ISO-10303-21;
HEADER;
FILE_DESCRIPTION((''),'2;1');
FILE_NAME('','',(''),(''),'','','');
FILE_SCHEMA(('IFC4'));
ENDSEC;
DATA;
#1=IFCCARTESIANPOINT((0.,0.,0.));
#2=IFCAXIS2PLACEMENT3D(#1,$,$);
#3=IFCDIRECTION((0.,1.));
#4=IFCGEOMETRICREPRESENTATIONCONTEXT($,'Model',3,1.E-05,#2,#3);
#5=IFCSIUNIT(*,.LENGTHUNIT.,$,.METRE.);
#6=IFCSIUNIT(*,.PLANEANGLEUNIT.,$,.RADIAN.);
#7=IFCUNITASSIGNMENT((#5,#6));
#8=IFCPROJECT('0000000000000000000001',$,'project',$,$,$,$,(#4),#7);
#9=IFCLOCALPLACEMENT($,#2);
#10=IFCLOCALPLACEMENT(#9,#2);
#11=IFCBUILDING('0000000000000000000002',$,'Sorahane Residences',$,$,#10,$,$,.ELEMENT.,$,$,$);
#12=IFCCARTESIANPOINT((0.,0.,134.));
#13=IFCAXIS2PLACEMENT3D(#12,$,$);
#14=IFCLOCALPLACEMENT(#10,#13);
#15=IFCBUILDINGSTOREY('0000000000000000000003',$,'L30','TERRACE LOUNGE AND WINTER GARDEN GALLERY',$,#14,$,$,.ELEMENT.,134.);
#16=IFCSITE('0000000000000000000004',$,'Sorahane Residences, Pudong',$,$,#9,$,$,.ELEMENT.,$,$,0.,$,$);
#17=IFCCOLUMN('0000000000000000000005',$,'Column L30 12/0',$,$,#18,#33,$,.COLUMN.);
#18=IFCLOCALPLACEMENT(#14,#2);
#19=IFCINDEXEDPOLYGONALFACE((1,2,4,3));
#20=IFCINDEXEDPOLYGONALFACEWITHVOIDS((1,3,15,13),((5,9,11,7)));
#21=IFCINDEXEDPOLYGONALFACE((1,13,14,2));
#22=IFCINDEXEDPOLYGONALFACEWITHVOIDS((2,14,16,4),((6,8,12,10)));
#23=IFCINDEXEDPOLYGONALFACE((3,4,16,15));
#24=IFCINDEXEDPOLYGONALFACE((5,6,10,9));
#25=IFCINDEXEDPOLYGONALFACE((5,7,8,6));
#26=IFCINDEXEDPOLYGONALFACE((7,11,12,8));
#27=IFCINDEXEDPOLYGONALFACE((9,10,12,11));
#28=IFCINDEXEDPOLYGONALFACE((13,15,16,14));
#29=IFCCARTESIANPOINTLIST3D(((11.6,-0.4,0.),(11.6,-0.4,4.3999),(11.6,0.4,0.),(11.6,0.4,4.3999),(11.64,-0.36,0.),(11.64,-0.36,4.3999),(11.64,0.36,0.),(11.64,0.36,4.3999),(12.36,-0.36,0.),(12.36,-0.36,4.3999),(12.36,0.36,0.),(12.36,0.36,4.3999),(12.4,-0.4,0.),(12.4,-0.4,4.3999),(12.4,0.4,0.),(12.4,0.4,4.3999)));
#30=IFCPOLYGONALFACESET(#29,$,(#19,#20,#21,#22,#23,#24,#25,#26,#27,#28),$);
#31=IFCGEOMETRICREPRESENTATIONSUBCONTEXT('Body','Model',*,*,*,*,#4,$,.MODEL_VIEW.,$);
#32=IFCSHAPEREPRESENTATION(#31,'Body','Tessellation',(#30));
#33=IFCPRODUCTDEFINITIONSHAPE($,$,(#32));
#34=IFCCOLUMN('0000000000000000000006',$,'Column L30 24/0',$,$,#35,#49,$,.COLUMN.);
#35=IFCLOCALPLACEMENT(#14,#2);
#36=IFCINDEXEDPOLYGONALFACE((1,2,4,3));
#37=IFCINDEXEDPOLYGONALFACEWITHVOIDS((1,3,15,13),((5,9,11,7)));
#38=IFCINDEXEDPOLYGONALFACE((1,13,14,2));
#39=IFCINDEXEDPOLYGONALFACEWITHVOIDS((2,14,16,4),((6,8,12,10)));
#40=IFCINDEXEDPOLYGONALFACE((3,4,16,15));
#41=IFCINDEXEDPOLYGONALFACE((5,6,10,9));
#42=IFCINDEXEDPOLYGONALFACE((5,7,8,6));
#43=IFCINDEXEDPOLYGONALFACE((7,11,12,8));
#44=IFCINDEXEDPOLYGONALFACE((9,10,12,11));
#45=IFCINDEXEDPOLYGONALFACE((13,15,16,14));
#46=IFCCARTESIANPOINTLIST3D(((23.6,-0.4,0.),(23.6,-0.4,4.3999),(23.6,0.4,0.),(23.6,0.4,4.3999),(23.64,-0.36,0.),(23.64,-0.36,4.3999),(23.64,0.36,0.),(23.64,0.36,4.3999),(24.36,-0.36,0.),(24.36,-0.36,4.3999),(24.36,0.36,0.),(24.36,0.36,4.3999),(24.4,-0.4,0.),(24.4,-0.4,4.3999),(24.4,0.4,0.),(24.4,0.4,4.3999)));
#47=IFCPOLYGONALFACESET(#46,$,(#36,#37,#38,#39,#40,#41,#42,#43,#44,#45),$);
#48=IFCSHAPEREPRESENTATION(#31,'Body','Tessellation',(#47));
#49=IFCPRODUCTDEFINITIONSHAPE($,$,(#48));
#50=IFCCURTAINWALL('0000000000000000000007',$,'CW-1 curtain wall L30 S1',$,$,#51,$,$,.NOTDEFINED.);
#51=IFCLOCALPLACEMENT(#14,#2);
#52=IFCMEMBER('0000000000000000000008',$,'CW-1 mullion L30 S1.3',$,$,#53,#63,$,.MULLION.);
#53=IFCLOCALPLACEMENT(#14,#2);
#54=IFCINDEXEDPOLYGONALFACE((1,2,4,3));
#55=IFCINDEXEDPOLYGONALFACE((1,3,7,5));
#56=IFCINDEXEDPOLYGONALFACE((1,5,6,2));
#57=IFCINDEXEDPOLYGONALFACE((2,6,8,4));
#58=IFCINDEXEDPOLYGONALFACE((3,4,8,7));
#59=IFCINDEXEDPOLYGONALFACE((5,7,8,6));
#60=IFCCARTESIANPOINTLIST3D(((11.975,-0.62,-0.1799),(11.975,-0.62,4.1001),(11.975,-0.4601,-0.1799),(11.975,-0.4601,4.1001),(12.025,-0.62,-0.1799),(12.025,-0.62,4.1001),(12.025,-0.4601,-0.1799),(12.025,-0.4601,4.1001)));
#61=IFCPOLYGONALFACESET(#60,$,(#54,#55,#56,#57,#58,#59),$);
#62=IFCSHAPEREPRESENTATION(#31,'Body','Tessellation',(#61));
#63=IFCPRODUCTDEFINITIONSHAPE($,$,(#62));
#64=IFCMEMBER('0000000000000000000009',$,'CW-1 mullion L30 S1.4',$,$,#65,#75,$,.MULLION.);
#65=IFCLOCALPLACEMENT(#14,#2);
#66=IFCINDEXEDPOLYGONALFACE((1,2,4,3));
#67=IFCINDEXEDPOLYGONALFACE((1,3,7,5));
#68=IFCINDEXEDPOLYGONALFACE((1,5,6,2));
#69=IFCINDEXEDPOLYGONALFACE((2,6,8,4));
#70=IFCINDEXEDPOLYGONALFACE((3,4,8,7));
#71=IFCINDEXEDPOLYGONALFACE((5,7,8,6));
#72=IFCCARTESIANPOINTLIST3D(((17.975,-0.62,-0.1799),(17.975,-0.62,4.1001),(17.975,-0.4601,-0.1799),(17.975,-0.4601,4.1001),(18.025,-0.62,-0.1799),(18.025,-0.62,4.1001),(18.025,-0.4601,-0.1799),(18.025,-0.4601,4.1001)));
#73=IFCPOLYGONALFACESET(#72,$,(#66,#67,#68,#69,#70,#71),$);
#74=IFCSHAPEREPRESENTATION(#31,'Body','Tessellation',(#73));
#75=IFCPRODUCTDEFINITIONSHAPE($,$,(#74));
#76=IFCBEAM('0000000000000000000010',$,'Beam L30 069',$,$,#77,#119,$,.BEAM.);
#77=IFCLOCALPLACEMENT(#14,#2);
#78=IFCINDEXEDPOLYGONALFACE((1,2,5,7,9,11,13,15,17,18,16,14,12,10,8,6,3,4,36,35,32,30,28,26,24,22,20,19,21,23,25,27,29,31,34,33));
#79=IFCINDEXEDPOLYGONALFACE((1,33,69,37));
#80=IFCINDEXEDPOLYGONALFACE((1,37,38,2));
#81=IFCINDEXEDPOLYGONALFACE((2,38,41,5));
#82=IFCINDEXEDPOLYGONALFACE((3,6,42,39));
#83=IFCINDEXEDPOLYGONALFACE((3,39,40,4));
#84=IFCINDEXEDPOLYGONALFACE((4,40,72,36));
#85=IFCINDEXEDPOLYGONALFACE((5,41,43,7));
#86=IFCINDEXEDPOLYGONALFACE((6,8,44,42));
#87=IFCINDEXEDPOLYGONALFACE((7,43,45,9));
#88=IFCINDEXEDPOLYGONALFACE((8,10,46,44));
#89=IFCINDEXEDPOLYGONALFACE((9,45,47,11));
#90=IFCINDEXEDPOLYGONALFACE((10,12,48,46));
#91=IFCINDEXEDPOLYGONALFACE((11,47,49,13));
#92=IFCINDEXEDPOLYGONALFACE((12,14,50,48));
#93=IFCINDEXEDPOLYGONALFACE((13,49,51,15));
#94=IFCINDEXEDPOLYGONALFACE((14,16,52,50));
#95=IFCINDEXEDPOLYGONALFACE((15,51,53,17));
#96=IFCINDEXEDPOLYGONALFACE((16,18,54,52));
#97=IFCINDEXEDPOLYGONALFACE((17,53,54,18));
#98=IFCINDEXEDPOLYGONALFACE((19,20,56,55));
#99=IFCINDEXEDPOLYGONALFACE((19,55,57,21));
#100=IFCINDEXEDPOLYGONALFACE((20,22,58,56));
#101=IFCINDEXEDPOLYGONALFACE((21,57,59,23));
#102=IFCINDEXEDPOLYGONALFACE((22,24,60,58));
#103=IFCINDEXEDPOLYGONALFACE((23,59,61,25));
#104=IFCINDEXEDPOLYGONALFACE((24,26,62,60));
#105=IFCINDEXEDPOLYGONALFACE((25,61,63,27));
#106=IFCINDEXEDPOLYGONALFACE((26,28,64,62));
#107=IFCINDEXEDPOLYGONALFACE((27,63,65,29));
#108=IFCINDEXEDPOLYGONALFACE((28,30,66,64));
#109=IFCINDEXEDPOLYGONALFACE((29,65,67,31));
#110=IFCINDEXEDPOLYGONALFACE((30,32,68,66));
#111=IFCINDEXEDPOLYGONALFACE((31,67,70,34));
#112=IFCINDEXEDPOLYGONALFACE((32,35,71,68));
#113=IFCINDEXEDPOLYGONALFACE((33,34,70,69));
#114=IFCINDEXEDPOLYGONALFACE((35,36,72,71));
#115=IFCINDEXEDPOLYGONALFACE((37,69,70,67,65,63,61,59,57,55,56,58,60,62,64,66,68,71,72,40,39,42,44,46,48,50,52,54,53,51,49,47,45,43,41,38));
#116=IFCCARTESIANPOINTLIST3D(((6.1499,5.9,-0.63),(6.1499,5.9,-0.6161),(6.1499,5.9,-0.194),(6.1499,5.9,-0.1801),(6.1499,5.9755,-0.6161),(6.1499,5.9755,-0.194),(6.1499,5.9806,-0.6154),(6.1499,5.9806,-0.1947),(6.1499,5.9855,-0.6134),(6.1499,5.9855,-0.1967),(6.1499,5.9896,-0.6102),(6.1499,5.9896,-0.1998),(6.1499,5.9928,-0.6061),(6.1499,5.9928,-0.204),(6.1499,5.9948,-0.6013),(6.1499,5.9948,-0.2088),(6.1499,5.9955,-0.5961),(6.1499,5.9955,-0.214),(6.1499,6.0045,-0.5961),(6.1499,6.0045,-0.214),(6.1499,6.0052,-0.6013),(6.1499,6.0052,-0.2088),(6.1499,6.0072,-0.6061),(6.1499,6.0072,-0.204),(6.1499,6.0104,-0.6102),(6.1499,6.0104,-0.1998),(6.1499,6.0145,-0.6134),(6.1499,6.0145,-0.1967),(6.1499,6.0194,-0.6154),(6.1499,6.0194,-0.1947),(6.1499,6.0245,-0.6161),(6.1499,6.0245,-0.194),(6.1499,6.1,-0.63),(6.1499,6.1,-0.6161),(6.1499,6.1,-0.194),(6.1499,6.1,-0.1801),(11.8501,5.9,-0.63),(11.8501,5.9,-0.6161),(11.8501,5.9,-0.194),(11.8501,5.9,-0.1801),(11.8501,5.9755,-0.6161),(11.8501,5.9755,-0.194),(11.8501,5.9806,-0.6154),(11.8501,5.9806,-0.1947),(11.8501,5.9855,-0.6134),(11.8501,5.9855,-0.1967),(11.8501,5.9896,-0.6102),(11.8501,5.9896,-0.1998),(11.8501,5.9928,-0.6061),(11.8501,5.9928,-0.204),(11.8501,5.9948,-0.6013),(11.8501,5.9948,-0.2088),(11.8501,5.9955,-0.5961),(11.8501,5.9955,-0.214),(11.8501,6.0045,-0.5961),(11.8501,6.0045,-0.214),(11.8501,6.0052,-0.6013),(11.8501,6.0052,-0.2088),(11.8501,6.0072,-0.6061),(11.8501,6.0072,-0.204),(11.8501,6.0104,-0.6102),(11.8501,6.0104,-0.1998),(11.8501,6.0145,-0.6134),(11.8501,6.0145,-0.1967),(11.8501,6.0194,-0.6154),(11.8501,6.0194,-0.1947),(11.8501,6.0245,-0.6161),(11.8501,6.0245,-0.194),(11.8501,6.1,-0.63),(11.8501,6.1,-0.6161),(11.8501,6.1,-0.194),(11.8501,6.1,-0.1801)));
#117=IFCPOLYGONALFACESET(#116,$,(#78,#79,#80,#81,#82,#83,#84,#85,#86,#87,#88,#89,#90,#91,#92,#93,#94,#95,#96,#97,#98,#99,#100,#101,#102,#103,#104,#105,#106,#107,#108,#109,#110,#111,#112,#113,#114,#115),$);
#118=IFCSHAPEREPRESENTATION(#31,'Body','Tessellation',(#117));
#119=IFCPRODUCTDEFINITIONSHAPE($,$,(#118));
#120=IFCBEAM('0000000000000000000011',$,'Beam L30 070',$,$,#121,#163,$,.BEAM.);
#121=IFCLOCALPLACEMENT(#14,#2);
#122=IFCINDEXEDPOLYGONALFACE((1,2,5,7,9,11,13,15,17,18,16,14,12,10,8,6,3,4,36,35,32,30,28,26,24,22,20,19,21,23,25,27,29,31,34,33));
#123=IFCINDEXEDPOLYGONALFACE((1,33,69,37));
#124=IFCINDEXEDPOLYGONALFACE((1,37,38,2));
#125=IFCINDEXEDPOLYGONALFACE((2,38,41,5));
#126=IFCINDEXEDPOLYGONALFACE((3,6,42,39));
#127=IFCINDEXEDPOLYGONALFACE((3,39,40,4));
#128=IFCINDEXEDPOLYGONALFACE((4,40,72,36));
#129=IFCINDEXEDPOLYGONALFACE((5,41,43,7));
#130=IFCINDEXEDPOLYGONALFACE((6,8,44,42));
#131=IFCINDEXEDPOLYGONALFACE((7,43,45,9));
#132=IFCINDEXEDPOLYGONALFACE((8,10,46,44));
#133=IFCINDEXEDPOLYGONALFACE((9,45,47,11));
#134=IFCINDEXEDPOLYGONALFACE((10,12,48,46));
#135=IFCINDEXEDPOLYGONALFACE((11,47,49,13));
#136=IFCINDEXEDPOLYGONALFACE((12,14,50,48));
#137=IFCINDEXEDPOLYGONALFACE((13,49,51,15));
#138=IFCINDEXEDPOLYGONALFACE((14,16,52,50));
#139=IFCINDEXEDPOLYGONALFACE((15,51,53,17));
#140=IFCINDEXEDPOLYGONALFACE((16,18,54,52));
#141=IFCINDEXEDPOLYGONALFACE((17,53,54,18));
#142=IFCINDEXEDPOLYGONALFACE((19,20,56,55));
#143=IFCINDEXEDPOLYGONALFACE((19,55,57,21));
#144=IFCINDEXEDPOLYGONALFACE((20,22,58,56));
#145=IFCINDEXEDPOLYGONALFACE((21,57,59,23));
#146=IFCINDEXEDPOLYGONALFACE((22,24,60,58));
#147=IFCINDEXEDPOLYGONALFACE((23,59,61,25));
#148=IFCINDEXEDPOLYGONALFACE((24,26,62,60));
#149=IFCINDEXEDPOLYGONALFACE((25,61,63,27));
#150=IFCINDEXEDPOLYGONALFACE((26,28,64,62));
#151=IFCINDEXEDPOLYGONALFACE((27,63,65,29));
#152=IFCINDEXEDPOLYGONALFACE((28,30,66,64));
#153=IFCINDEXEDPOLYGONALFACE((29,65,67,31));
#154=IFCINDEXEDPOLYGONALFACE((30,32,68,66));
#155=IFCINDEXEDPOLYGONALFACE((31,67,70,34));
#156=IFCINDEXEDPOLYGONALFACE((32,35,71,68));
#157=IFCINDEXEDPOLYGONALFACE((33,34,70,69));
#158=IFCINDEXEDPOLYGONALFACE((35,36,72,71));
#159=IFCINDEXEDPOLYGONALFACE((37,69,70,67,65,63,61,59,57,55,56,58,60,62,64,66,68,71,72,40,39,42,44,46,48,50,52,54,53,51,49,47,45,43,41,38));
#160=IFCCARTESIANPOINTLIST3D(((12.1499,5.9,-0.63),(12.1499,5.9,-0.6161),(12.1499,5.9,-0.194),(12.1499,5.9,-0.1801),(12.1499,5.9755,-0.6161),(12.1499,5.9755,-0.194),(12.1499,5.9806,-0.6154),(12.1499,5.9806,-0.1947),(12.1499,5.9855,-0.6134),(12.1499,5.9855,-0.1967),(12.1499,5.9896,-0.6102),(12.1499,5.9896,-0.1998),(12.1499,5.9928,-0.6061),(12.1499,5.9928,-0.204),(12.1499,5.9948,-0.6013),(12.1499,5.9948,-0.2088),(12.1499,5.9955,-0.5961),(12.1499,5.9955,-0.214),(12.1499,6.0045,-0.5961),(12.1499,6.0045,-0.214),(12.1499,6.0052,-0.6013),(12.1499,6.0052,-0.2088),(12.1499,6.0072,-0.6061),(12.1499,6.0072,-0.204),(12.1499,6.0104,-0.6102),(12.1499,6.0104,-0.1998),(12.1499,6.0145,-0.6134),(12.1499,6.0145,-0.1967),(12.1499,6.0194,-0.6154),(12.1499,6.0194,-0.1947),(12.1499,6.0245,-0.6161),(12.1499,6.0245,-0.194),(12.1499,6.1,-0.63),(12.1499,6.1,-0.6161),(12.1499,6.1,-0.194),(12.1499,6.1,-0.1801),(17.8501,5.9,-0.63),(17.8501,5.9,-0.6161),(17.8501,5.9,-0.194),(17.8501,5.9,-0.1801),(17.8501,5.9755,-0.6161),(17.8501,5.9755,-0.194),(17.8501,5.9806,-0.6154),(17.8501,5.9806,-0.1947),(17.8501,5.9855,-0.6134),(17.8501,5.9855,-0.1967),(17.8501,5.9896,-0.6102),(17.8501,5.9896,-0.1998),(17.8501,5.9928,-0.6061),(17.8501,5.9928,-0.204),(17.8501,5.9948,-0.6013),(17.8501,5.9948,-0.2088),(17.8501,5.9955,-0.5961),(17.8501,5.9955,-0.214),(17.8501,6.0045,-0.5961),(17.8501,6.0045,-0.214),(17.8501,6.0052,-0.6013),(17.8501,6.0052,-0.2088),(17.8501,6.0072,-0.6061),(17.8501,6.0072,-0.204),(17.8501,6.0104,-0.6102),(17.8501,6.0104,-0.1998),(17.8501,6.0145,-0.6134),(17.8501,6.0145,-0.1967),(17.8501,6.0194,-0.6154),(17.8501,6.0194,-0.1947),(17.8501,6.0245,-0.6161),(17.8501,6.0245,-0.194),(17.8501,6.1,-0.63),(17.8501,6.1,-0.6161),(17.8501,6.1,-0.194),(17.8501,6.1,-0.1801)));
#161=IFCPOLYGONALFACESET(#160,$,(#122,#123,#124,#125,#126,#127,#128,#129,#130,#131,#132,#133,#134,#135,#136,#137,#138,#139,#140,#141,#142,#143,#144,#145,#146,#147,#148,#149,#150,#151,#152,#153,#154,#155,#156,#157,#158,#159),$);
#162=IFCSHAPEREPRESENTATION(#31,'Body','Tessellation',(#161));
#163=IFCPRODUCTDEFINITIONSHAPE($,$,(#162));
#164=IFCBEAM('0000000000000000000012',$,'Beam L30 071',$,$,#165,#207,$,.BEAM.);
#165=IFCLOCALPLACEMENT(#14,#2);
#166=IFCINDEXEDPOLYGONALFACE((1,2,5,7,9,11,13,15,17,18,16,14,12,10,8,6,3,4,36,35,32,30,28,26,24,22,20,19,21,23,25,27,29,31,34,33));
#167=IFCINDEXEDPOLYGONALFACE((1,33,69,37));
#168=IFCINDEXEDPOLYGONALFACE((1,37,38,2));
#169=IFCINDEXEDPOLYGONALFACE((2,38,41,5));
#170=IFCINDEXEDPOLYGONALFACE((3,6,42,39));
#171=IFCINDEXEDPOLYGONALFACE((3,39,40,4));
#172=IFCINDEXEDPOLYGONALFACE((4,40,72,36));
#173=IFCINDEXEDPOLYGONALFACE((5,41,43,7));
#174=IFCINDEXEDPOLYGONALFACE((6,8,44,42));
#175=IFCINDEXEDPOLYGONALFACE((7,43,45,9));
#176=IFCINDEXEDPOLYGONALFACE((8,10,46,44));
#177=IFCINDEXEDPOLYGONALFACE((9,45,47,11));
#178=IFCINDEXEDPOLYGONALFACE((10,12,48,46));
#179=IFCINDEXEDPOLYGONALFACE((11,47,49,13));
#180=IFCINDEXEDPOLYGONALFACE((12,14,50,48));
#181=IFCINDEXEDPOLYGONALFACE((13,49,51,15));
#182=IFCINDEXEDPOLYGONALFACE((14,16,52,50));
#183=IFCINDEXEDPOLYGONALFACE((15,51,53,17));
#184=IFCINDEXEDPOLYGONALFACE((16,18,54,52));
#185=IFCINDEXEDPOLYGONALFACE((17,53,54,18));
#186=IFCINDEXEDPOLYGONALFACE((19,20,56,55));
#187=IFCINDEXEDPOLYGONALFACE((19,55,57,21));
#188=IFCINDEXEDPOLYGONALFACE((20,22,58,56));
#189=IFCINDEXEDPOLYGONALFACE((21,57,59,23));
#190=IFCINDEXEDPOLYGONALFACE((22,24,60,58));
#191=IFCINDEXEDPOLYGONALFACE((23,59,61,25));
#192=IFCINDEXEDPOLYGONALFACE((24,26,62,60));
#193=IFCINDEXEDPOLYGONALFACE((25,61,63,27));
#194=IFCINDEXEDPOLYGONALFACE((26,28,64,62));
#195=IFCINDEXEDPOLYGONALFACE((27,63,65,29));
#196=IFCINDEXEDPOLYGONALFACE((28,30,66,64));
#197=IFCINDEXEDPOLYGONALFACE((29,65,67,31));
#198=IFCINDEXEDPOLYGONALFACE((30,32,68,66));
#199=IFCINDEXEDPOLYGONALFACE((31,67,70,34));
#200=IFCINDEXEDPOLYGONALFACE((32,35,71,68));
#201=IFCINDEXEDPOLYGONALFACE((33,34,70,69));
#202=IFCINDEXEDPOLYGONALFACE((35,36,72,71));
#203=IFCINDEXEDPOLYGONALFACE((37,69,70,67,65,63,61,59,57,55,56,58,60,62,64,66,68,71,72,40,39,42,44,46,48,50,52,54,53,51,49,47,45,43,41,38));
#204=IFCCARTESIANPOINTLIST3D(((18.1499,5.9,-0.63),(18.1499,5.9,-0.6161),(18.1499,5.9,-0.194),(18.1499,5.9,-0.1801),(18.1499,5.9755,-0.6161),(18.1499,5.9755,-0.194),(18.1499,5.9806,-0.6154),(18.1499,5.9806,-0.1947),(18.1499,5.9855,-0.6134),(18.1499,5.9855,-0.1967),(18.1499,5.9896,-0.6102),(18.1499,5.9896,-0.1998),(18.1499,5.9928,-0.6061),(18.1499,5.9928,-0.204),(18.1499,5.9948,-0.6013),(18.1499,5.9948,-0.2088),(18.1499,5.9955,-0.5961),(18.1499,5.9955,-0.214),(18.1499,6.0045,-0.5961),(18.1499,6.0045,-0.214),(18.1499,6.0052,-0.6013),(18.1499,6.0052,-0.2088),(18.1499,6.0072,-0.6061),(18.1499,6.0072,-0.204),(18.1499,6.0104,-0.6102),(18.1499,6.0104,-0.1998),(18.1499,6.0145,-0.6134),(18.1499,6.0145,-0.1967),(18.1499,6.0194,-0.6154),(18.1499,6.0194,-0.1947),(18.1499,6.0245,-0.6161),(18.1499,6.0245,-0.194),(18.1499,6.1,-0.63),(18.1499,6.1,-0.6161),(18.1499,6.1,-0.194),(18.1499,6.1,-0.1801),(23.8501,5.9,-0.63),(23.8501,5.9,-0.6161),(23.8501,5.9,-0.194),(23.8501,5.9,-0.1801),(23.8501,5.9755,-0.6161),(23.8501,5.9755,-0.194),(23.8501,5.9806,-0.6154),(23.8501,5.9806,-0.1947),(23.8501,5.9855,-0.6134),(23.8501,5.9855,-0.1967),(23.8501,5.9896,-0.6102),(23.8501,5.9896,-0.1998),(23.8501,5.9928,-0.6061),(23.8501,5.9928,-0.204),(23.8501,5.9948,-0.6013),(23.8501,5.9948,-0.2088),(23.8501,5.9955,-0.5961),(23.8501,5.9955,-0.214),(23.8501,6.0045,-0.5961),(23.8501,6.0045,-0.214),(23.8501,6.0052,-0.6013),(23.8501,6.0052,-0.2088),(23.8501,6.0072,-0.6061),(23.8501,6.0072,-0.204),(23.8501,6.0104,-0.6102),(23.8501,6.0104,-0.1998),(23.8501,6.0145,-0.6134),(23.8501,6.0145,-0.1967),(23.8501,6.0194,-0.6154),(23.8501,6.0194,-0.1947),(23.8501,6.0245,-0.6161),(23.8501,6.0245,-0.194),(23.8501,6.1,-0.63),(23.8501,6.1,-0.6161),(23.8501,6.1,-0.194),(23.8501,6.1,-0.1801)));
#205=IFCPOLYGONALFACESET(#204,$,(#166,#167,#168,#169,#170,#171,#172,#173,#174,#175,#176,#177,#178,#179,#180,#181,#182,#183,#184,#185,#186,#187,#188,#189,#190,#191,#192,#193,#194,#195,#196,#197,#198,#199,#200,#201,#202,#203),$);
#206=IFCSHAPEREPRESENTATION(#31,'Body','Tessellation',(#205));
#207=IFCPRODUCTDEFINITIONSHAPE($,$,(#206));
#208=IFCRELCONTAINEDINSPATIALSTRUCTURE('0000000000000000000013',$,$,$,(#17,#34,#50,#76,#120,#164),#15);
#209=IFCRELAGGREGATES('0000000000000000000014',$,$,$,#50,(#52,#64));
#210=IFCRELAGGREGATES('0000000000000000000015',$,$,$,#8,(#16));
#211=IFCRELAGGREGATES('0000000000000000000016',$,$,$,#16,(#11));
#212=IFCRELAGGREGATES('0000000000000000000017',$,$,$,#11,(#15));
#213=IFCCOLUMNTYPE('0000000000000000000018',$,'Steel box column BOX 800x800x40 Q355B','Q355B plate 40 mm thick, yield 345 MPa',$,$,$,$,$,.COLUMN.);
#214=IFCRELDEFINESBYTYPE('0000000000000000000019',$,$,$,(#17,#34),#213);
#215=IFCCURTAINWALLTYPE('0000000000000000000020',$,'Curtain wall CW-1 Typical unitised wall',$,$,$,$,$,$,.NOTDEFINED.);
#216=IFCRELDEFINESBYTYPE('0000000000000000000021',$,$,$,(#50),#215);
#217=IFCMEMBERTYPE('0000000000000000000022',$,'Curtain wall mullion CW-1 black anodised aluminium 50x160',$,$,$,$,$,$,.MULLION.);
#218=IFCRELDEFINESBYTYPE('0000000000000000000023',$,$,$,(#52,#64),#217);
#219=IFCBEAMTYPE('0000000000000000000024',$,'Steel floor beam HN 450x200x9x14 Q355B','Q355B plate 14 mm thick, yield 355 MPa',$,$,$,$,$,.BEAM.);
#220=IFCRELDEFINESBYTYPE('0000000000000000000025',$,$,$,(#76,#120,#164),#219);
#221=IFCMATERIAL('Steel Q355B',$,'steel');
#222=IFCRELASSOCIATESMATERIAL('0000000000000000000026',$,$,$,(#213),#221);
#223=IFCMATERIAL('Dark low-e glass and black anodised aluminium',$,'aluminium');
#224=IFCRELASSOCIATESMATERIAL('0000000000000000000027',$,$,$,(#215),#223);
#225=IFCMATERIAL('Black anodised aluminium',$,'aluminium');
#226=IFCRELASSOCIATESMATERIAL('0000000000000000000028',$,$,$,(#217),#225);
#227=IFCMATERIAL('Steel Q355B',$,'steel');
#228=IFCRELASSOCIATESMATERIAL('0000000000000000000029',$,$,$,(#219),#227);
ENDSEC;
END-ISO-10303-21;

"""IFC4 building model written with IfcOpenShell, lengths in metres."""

from ifc_helpers import new_model, si_unit, direction, frame, origin, origin_2d, place, context, subcontext, project, spatial, rectangle, hollow_rectangle, i_section, extrude, material, material_profile, profile_set, type_object, element, aggregate, save


model = new_model("IFC4")

# Units and contexts
model_context = context("Model", 3, precision=1e-05, world=origin(), true_north=direction((0.0, 1.0)))
body_context = subcontext(model_context, "Body", "Model", "MODEL_VIEW")
ifc_project = project(units=[si_unit("LENGTHUNIT", "METRE"), si_unit("PLANEANGLEUNIT", "RADIAN")], contexts=[model_context])

# Site, building, storey
site_placement = place(None, origin())
site = spatial("IfcSite", under=ifc_project, at=site_placement, Name="Sorahane Residences, Pudong", CompositionType="ELEMENT", RefElevation=0.0)
building_placement = place(site_placement, origin())
building = spatial("IfcBuilding", under=site, at=building_placement, Name="Sorahane Residences", CompositionType="ELEMENT")
storey_placement = place(building_placement, frame((0.0, 0.0, 134.0)))
storey = spatial("IfcBuildingStorey", under=building, at=storey_placement, Name="L30", Description="TERRACE LOUNGE AND WINTER GARDEN GALLERY", CompositionType="ELEMENT", Elevation=134.0)

# Columns
ifc_material_1 = material(Name="Steel Q355B", Category="steel")
ifc_material_profile_1 = material_profile(ifc_material_1, hollow_rectangle(XDim=0.8, YDim=0.8, WallThickness=0.04, at=origin_2d()), Name="BOX 800x800x40")
ifc_profile_set_1 = profile_set([ifc_material_profile_1], Name="Steel Q355B")
column_type = type_object("IfcColumnType", Name="Steel box column BOX 800x800x40 Q355B", Description="Q355B plate 40 mm thick, yield 345 MPa", PredefinedType="COLUMN", material=ifc_profile_set_1)
for number, where, z_axis, x_axis, name in (
    (1, (12.0, 0.0, 0.0), (0.0, 0.0, 1.0), (1.0, 0.0, 0.0), "Column L30 12/0"),
    (2, (24.0, 0.0, 0.0), (0.0, 0.0, 1.0), (1.0, 0.0, 0.0), "Column L30 24/0"),
):
    element("IfcColumn", number, at=place(storey_placement, frame(where, z_axis=z_axis, x_axis=x_axis)), inside=storey, type_object=column_type, Name=name, PredefinedType="COLUMN", context=body_context, shape_type="SweptSolid", body=[
        extrude(hollow_rectangle(XDim=0.8, YDim=0.8, WallThickness=0.04, at=origin_2d()), origin(), (0.0, 0.0, 1.0), 4.3999),
    ])

# Curtain wall, members
ifc_material_2 = material(Name="Dark low-e glass and black anodised aluminium", Category="aluminium")
curtain_wall_type = type_object("IfcCurtainWallType", Name="Curtain wall CW-1 Typical unitised wall", PredefinedType="NOTDEFINED", material=ifc_material_2)
curtain_wall_placement = place(storey_placement, origin())
curtain_wall = element("IfcCurtainWall", 3, at=curtain_wall_placement, inside=storey, type_object=curtain_wall_type, Name="CW-1 curtain wall L30 S1", PredefinedType="NOTDEFINED")
ifc_material_3 = material(Name="Black anodised aluminium", Category="aluminium")
ifc_material_profile_2 = material_profile(ifc_material_3, rectangle(XDim=0.1599, YDim=0.05, at=origin_2d()), Name="Curtain wall mullion CW-1 black anodised aluminium 50x160")
ifc_profile_set_2 = profile_set([ifc_material_profile_2], Name="Black anodised aluminium")
member_type = type_object("IfcMemberType", Name="Curtain wall mullion CW-1 black anodised aluminium 50x160", PredefinedType="MULLION", material=ifc_profile_set_2)
member_1_placement = place(storey_placement, frame((12.0, -0.54, -0.1799), z_axis=(0.0, 0.0, 1.0), x_axis=(0.0, -1.0, 0.0)))
member_1 = element("IfcMember", 4, at=member_1_placement, type_object=member_type, Name="CW-1 mullion L30 S1.3", PredefinedType="MULLION", context=body_context, shape_type="SweptSolid", body=[
    extrude(rectangle(XDim=0.1599, YDim=0.05, at=origin_2d()), origin(), (0.0, 0.0, 1.0), 4.28),
])
member_2_placement = place(storey_placement, frame((18.0, -0.54, -0.1799), z_axis=(0.0, 0.0, 1.0), x_axis=(0.0, -1.0, 0.0)))
member_2 = element("IfcMember", 5, at=member_2_placement, type_object=member_type, Name="CW-1 mullion L30 S1.4", PredefinedType="MULLION", context=body_context, shape_type="SweptSolid", body=[
    extrude(rectangle(XDim=0.1599, YDim=0.05, at=origin_2d()), origin(), (0.0, 0.0, 1.0), 4.28),
])

# Beams
ifc_material_4 = material(Name="Steel Q355B", Category="steel")
ifc_material_profile_3 = material_profile(ifc_material_4, i_section(OverallWidth=0.2, OverallDepth=0.45, WebThickness=0.009, FlangeThickness=0.0139, FilletRadius=0.02, at=origin_2d()), Name="HN 450x200x9x14")
ifc_profile_set_3 = profile_set([ifc_material_profile_3], Name="Steel Q355B")
beam_type_1 = type_object("IfcBeamType", Name="Steel floor beam HN 450x200x9x14 Q355B", Description="Q355B plate 14 mm thick, yield 355 MPa", PredefinedType="BEAM", material=ifc_profile_set_3)
for number, where, z_axis, x_axis, name in (
    (6, (6.1499, 6.0, -0.405), (1.0, 0.0, 0.0), (0.0, 1.0, 0.0), "Beam L30 069"),
    (7, (12.1499, 6.0, -0.405), (1.0, 0.0, 0.0), (0.0, 1.0, 0.0), "Beam L30 070"),
    (8, (18.1499, 6.0, -0.405), (1.0, 0.0, 0.0), (0.0, 1.0, 0.0), "Beam L30 071"),
):
    element("IfcBeam", number, at=place(storey_placement, frame(where, z_axis=z_axis, x_axis=x_axis)), inside=storey, type_object=beam_type_1, Name=name, PredefinedType="BEAM", context=body_context, shape_type="SweptSolid", body=[
        extrude(i_section(OverallWidth=0.2, OverallDepth=0.45, WebThickness=0.009, FlangeThickness=0.0139, FilletRadius=0.02, at=origin_2d()), origin(), (0.0, 0.0, 1.0), 5.7002),
    ])

aggregate(curtain_wall, [member_1, member_2])

save(model, "model.ifc")
